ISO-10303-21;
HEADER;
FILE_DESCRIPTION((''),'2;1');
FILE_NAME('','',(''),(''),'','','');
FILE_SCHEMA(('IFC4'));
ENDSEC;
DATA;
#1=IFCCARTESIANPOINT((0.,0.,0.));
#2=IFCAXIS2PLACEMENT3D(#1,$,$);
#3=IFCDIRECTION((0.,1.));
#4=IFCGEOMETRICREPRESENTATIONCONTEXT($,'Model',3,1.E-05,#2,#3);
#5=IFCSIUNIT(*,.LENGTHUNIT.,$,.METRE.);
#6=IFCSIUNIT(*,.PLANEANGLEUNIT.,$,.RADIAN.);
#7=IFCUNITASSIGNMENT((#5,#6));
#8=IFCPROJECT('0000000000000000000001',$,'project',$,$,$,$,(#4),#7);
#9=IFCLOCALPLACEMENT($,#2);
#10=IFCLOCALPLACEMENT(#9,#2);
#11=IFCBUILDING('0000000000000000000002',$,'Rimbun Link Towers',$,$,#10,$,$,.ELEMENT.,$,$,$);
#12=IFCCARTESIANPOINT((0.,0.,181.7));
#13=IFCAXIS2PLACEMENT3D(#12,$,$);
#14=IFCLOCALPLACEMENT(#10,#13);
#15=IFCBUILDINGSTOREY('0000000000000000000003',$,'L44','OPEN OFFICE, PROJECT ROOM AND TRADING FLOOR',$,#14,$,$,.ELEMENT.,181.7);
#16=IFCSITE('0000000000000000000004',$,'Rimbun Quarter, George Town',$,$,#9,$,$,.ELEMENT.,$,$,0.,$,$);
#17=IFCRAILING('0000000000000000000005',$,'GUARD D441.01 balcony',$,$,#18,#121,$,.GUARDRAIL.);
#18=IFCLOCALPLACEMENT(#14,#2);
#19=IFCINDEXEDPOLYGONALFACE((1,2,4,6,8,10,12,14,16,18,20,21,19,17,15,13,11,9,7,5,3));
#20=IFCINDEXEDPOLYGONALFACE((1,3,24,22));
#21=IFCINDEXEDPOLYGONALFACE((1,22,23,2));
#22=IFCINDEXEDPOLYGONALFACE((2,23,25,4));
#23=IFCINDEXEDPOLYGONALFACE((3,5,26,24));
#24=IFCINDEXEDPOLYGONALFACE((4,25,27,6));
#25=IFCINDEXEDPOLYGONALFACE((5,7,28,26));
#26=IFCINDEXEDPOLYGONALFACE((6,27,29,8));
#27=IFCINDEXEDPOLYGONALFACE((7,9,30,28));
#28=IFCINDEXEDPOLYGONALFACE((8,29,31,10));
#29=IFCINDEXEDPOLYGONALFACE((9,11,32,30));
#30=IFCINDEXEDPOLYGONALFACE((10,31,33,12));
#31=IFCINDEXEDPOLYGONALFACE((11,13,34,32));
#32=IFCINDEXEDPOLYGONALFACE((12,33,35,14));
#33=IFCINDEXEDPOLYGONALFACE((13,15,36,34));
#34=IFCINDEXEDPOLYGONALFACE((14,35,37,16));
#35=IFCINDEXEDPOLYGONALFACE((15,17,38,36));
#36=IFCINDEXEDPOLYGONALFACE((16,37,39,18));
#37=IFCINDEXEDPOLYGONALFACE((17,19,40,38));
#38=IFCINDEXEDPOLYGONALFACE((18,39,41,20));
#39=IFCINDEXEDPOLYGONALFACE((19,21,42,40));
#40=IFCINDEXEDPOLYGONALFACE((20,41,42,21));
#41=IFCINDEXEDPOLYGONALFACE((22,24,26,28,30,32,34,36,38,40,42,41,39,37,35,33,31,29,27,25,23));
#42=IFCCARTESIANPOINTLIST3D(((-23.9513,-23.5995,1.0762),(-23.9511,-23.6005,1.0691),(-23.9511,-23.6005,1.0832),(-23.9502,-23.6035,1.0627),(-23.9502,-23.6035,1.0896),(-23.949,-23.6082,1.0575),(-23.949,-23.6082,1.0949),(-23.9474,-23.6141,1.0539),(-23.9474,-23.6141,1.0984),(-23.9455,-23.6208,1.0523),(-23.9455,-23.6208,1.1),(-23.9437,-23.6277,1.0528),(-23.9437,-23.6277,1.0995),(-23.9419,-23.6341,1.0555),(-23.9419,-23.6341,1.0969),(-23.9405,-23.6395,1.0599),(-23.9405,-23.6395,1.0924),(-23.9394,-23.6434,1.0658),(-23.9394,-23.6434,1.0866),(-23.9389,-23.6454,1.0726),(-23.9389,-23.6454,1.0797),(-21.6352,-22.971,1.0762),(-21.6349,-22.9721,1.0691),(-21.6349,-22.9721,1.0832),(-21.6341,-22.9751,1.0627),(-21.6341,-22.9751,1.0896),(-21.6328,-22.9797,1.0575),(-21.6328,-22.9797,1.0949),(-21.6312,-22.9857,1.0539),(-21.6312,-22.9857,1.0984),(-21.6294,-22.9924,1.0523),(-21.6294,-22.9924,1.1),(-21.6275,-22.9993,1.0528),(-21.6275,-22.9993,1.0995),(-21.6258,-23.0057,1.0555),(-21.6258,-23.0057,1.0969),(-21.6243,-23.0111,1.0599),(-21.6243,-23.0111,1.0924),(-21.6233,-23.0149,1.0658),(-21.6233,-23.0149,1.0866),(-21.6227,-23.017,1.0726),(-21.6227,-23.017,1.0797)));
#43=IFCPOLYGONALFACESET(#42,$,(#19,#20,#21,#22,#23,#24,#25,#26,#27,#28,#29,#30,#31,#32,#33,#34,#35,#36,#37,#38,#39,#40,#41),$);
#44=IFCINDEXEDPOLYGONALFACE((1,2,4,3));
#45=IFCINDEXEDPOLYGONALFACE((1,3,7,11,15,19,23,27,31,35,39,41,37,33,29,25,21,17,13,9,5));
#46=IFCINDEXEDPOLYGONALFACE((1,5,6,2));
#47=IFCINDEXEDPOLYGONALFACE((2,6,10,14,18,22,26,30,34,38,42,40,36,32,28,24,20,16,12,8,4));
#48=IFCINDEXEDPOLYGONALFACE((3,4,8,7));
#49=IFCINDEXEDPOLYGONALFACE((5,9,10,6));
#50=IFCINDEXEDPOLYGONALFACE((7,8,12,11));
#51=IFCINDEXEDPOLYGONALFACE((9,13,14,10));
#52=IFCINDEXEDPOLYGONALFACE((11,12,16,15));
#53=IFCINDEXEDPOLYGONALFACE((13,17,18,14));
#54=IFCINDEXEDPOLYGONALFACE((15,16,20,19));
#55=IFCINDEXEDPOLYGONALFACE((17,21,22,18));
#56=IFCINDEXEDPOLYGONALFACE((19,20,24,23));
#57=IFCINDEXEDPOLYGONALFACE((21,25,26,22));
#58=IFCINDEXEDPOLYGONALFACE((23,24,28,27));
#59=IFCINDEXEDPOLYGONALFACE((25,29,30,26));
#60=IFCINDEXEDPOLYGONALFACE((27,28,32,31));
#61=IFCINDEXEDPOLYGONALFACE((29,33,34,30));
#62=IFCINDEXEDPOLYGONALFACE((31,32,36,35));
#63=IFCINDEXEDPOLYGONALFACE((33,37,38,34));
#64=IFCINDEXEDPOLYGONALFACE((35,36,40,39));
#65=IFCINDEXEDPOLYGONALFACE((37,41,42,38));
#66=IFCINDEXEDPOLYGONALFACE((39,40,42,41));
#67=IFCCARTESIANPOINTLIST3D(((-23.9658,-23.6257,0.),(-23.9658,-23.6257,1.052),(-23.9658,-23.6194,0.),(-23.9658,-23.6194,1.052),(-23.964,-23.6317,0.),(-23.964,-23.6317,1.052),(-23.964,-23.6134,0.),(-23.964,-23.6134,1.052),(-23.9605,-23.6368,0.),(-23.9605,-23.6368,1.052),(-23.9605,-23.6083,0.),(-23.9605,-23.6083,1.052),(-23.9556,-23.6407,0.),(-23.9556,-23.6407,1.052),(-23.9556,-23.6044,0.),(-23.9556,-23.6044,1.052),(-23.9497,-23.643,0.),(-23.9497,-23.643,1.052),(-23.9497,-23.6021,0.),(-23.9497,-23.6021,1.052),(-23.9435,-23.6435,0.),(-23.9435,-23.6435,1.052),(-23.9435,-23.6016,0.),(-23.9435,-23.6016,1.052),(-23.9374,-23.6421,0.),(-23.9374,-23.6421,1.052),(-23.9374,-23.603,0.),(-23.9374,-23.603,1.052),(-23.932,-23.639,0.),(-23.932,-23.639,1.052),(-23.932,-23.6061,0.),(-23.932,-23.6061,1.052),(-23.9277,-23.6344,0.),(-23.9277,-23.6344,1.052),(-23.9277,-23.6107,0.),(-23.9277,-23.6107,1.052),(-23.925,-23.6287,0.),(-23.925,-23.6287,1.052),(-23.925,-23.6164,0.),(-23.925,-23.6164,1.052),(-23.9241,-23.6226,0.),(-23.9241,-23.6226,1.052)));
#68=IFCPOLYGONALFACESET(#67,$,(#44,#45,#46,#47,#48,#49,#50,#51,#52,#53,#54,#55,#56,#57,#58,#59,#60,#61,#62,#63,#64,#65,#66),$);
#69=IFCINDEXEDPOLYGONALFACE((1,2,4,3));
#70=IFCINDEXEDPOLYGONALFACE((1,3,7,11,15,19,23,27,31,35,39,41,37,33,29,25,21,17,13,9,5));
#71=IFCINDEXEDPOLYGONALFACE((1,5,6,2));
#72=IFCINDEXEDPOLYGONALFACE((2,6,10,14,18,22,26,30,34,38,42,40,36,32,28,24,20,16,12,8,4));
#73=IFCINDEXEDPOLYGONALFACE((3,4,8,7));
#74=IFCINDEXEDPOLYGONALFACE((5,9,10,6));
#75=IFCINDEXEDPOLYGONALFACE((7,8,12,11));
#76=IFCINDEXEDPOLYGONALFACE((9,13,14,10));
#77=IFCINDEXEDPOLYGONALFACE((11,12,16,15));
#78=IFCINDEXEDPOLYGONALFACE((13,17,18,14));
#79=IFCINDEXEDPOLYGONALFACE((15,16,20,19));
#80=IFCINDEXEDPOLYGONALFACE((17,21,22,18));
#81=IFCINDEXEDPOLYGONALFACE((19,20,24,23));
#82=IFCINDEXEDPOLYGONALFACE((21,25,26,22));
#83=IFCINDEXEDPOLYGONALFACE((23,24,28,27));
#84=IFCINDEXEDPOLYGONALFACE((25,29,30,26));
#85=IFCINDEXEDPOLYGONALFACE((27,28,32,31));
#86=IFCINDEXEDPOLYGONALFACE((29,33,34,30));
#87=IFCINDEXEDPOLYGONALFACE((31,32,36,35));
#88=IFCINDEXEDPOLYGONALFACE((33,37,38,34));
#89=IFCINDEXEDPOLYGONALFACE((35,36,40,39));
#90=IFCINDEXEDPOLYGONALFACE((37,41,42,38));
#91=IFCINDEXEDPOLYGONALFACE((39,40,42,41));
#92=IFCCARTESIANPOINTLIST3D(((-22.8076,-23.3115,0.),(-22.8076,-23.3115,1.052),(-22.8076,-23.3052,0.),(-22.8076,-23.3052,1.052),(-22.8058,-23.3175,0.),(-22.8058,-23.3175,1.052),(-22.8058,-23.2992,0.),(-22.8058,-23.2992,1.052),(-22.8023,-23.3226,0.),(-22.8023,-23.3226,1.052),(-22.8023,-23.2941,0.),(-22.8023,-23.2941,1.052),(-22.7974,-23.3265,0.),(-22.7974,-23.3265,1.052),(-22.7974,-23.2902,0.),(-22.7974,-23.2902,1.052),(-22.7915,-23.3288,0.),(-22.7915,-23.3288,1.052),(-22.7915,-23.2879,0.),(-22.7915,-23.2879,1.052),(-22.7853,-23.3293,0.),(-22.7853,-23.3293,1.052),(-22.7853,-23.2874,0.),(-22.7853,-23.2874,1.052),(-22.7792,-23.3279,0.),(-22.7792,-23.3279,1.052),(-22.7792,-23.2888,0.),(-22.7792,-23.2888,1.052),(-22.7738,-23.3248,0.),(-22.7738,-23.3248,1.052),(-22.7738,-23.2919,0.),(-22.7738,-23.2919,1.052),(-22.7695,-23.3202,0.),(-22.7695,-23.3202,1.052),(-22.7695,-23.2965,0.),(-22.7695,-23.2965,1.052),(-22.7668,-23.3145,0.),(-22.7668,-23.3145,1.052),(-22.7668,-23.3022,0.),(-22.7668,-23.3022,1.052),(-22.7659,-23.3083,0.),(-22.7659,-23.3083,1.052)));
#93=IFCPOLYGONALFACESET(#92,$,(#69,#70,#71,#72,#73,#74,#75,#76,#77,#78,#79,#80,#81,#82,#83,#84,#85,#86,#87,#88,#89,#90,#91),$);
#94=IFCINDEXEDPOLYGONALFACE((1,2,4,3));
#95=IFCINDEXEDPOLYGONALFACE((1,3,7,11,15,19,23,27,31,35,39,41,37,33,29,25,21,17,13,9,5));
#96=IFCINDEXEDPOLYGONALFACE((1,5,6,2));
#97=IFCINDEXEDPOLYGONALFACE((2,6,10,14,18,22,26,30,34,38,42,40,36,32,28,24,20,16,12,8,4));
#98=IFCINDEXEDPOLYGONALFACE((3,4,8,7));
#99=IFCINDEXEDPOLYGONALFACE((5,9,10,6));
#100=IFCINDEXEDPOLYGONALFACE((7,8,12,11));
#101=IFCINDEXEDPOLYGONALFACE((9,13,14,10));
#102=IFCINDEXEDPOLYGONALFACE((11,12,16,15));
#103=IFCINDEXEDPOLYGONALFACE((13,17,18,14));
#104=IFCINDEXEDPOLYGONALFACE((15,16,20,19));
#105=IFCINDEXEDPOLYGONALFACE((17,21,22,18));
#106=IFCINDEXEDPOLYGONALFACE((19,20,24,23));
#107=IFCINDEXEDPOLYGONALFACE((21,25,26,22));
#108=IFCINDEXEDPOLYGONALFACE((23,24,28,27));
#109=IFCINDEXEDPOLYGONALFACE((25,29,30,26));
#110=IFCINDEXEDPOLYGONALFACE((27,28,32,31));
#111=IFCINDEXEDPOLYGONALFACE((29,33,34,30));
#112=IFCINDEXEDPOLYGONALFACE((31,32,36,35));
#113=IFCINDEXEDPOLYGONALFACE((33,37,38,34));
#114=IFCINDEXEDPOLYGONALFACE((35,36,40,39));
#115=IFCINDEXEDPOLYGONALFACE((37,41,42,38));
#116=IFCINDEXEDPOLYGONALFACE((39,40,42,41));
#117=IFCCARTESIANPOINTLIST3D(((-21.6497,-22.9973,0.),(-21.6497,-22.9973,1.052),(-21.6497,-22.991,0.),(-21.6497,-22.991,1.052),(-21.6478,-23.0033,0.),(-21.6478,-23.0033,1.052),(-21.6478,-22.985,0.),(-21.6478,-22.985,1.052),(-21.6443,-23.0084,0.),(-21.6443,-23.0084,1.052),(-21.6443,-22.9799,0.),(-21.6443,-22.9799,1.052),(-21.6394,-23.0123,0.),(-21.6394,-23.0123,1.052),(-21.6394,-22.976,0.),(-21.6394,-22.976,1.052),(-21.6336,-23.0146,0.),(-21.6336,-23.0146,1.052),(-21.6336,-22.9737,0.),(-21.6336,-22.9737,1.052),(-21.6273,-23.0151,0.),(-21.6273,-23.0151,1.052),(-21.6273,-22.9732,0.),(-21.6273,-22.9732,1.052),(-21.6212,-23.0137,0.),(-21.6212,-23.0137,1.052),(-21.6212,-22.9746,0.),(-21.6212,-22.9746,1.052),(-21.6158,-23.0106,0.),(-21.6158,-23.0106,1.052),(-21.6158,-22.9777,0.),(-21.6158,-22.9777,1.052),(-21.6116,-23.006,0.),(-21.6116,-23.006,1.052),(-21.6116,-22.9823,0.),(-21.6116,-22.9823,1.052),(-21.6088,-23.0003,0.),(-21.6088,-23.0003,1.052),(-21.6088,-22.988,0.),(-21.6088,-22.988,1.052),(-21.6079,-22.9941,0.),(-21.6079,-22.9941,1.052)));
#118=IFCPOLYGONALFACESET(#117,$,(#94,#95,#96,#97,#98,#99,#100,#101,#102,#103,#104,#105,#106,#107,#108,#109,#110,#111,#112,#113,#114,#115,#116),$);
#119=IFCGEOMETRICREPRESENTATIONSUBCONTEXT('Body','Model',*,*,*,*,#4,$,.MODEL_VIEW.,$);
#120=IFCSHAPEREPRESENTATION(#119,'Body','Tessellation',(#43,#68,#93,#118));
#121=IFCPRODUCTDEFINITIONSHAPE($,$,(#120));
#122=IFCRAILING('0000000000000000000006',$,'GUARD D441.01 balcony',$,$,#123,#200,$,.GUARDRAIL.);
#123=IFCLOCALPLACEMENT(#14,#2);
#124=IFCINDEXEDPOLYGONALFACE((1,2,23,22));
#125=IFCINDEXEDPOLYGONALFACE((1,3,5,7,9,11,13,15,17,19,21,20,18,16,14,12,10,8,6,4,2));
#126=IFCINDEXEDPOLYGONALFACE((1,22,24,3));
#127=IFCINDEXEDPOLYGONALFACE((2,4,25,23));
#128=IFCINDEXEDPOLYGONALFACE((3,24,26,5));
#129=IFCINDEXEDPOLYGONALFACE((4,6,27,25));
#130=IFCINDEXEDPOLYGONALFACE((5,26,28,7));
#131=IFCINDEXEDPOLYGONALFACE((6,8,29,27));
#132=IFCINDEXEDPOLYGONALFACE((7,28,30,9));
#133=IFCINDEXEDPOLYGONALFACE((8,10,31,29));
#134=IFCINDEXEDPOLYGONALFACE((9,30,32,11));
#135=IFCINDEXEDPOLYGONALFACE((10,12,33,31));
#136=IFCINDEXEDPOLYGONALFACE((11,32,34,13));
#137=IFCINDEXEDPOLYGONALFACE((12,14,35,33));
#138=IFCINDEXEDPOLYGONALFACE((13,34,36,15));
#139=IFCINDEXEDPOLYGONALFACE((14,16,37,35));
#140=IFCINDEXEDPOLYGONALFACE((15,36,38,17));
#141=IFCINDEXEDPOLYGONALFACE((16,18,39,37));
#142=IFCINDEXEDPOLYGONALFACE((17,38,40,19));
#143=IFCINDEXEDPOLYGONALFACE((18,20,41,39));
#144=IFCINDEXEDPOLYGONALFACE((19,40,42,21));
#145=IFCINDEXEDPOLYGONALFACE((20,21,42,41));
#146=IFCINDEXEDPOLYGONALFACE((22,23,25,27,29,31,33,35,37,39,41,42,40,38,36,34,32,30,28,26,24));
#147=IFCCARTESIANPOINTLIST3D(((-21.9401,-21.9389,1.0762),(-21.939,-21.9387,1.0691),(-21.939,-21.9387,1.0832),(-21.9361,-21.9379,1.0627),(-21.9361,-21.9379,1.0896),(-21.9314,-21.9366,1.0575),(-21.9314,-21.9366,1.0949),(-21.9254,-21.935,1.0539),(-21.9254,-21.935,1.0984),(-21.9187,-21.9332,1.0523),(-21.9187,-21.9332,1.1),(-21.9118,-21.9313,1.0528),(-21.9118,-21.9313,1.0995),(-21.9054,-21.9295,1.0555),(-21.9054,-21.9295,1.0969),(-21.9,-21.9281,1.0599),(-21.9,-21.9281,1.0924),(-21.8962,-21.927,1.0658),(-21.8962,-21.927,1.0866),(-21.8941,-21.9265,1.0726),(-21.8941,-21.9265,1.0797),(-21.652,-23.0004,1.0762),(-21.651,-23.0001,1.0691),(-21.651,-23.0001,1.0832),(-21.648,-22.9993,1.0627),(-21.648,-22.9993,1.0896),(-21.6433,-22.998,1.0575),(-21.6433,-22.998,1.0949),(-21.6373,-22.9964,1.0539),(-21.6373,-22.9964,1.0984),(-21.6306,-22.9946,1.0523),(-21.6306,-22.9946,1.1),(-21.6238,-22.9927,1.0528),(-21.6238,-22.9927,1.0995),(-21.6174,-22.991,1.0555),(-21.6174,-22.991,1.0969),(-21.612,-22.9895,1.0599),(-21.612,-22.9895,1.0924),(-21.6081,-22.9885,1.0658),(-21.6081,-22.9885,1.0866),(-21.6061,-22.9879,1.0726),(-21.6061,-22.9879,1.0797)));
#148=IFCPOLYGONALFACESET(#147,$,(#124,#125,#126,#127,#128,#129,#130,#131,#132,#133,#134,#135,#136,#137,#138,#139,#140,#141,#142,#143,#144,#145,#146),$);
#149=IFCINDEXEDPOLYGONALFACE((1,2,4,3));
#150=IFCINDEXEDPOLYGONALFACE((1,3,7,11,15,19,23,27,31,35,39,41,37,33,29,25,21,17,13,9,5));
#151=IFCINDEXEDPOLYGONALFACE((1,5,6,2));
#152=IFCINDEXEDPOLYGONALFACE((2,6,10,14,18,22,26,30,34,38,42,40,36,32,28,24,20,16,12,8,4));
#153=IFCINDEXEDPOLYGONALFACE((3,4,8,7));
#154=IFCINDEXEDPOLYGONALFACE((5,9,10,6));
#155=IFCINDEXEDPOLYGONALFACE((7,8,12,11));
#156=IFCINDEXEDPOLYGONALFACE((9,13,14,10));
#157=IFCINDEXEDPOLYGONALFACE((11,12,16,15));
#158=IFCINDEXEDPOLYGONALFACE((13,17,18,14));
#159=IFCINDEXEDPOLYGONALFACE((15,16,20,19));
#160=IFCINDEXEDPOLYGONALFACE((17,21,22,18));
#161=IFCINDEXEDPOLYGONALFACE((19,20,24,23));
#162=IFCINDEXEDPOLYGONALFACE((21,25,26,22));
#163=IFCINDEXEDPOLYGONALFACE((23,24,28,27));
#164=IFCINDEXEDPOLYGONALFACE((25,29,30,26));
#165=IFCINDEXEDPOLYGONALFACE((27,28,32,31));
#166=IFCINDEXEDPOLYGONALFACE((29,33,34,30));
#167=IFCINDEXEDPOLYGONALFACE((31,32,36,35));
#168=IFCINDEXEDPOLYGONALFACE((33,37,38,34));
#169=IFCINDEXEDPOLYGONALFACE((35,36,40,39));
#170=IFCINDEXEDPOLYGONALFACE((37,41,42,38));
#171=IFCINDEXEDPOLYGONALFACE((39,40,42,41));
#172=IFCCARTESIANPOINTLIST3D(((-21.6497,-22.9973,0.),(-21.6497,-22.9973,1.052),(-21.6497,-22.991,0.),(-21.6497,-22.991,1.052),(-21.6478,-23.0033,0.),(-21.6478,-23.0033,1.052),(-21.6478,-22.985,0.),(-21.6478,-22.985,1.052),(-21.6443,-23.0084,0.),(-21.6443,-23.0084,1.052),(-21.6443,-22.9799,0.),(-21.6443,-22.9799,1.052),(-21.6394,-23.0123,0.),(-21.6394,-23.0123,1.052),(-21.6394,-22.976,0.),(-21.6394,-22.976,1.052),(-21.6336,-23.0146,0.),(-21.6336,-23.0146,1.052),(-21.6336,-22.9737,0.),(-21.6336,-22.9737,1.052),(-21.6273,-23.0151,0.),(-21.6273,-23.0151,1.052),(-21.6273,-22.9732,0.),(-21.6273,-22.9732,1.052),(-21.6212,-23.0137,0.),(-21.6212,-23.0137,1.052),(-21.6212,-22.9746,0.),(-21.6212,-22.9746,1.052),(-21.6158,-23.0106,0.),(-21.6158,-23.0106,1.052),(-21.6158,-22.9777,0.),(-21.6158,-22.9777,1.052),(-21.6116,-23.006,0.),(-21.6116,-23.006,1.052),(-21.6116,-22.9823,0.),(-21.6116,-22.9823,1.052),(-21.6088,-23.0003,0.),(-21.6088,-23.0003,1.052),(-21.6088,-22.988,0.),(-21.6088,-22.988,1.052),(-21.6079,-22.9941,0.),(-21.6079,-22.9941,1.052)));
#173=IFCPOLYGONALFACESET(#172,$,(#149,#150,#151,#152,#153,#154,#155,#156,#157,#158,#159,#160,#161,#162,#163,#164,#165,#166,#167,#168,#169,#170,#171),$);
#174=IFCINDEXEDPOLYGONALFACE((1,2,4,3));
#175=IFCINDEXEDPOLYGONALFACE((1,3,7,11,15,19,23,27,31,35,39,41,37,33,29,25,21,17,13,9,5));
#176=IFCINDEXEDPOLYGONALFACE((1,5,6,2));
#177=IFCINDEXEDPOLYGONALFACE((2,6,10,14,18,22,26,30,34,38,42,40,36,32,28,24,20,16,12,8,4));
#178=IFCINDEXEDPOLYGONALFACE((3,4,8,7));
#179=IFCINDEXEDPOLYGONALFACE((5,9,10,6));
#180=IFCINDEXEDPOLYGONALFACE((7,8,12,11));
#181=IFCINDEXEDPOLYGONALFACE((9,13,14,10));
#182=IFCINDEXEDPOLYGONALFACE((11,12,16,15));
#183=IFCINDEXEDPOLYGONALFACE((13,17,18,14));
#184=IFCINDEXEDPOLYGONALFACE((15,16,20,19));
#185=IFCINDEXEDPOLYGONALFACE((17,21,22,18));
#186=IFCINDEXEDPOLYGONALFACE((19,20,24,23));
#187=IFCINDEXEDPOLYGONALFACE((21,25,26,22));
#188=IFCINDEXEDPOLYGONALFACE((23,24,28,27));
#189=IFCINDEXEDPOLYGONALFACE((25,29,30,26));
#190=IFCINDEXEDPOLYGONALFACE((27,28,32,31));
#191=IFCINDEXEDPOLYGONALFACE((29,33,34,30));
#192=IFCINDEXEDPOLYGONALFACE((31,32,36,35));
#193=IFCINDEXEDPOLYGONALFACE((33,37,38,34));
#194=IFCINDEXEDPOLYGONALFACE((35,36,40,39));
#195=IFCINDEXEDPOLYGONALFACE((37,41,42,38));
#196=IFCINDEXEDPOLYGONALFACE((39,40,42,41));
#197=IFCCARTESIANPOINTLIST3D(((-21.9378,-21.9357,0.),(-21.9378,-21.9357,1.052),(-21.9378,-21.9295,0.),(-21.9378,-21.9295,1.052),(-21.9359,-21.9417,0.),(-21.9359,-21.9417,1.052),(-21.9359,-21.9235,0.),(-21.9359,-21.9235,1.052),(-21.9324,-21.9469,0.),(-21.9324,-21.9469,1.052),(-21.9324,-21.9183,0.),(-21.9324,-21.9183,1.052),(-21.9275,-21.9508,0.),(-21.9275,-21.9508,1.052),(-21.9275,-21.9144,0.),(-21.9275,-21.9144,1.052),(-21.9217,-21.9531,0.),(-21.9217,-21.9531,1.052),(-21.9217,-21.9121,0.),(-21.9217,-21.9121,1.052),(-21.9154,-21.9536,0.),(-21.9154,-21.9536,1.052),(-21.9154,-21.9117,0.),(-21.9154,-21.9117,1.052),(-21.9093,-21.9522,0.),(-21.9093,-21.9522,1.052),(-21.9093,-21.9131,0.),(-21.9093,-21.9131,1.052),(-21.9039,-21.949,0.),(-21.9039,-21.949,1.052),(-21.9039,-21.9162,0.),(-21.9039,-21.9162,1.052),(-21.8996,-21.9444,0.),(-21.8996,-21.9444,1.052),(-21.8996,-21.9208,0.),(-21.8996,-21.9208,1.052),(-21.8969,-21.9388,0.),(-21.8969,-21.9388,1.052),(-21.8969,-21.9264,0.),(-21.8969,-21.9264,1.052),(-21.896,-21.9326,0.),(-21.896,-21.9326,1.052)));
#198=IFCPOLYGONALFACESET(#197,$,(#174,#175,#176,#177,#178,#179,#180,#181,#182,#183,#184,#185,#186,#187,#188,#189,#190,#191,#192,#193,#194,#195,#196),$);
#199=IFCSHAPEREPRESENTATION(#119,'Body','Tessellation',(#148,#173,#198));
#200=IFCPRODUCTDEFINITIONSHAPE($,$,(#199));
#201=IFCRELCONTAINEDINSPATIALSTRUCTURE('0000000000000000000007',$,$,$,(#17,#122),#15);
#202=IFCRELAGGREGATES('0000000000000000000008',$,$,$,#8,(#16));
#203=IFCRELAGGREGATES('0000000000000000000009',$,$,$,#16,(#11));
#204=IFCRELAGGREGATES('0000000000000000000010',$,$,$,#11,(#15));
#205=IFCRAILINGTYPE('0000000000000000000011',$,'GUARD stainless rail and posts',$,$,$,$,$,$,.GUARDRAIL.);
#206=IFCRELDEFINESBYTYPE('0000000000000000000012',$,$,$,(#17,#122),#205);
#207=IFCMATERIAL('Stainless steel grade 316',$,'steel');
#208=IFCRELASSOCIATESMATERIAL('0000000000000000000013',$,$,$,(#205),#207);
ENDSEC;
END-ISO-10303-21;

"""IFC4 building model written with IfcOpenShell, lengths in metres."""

from ifc_helpers import new_model, si_unit, direction, frame, origin, origin_2d, place, context, subcontext, project, spatial, circle, extrude, material, type_object, element, save


model = new_model("IFC4")

# Units and contexts
model_context = context("Model", 3, precision=1e-05, world=origin(), true_north=direction((0.0, 1.0)))
body_context = subcontext(model_context, "Body", "Model", "MODEL_VIEW")
ifc_project = project(units=[si_unit("LENGTHUNIT", "METRE"), si_unit("PLANEANGLEUNIT", "RADIAN")], contexts=[model_context])

# Site, building, storey
site_placement = place(None, origin())
site = spatial("IfcSite", under=ifc_project, at=site_placement, Name="Rimbun Quarter, George Town", CompositionType="ELEMENT", RefElevation=0.0)
building_placement = place(site_placement, origin())
building = spatial("IfcBuilding", under=site, at=building_placement, Name="Rimbun Link Towers", CompositionType="ELEMENT")
storey_placement = place(building_placement, frame((0.0, 0.0, 181.7)))
storey = spatial("IfcBuildingStorey", under=building, at=storey_placement, Name="L44", Description="OPEN OFFICE, PROJECT ROOM AND TRADING FLOOR", CompositionType="ELEMENT", Elevation=181.7)

# Railings
ifc_material_1 = material(Name="Stainless steel grade 316", Category="steel")
railing_type = type_object("IfcRailingType", Name="GUARD stainless rail and posts", PredefinedType="GUARDRAIL", material=ifc_material_1)
railing_1_placement = place(storey_placement, frame((-23.9451, -23.6226, 0.0)))
element("IfcRailing", 1, at=railing_1_placement, inside=storey, type_object=railing_type, Name="GUARD D441.01 balcony", PredefinedType="GUARDRAIL", context=body_context, shape_type="SweptSolid", body=[
    extrude(circle(Radius=0.0239, at=origin_2d()), frame((0.0, 0.0, 1.0762), z_axis=(0.965108, 0.261852, 0.0), x_axis=(-0.261852, 0.965108, 0.0)), (0.0, 0.0, 1.0), 2.3999),
    extrude(circle(Radius=0.021, at=origin_2d()), origin(), (0.0, 0.0, 1.0), 1.052),
    extrude(circle(Radius=0.021, at=origin_2d()), frame((1.1582, 0.3142, 0.0)), (0.0, 0.0, 1.0), 1.052),
    extrude(circle(Radius=0.021, at=origin_2d()), frame((2.3162, 0.6284, 0.0)), (0.0, 0.0, 1.0), 1.052),
])
for number, where, name in (
    (2, (-21.6289, -22.9941, 0.0), "GUARD D441.01 balcony"),
):
    element("IfcRailing", number, at=place(storey_placement, frame(where)), inside=storey, type_object=railing_type, Name=name, PredefinedType="GUARDRAIL", context=body_context, shape_type="SweptSolid", body=[
        extrude(circle(Radius=0.0239, at=origin_2d()), frame((0.0, 0.0, 1.0762), z_axis=(-0.261915, 0.965091, 0.0), x_axis=(-0.965091, -0.261915, 0.0)), (0.0, 0.0, 1.0), 1.0999),
        extrude(circle(Radius=0.021, at=origin_2d()), origin(), (0.0, 0.0, 1.0), 1.052),
        extrude(circle(Radius=0.021, at=origin_2d()), frame((-0.2881, 1.0615, 0.0)), (0.0, 0.0, 1.0), 1.052),
    ])

save(model, "model.ifc")
